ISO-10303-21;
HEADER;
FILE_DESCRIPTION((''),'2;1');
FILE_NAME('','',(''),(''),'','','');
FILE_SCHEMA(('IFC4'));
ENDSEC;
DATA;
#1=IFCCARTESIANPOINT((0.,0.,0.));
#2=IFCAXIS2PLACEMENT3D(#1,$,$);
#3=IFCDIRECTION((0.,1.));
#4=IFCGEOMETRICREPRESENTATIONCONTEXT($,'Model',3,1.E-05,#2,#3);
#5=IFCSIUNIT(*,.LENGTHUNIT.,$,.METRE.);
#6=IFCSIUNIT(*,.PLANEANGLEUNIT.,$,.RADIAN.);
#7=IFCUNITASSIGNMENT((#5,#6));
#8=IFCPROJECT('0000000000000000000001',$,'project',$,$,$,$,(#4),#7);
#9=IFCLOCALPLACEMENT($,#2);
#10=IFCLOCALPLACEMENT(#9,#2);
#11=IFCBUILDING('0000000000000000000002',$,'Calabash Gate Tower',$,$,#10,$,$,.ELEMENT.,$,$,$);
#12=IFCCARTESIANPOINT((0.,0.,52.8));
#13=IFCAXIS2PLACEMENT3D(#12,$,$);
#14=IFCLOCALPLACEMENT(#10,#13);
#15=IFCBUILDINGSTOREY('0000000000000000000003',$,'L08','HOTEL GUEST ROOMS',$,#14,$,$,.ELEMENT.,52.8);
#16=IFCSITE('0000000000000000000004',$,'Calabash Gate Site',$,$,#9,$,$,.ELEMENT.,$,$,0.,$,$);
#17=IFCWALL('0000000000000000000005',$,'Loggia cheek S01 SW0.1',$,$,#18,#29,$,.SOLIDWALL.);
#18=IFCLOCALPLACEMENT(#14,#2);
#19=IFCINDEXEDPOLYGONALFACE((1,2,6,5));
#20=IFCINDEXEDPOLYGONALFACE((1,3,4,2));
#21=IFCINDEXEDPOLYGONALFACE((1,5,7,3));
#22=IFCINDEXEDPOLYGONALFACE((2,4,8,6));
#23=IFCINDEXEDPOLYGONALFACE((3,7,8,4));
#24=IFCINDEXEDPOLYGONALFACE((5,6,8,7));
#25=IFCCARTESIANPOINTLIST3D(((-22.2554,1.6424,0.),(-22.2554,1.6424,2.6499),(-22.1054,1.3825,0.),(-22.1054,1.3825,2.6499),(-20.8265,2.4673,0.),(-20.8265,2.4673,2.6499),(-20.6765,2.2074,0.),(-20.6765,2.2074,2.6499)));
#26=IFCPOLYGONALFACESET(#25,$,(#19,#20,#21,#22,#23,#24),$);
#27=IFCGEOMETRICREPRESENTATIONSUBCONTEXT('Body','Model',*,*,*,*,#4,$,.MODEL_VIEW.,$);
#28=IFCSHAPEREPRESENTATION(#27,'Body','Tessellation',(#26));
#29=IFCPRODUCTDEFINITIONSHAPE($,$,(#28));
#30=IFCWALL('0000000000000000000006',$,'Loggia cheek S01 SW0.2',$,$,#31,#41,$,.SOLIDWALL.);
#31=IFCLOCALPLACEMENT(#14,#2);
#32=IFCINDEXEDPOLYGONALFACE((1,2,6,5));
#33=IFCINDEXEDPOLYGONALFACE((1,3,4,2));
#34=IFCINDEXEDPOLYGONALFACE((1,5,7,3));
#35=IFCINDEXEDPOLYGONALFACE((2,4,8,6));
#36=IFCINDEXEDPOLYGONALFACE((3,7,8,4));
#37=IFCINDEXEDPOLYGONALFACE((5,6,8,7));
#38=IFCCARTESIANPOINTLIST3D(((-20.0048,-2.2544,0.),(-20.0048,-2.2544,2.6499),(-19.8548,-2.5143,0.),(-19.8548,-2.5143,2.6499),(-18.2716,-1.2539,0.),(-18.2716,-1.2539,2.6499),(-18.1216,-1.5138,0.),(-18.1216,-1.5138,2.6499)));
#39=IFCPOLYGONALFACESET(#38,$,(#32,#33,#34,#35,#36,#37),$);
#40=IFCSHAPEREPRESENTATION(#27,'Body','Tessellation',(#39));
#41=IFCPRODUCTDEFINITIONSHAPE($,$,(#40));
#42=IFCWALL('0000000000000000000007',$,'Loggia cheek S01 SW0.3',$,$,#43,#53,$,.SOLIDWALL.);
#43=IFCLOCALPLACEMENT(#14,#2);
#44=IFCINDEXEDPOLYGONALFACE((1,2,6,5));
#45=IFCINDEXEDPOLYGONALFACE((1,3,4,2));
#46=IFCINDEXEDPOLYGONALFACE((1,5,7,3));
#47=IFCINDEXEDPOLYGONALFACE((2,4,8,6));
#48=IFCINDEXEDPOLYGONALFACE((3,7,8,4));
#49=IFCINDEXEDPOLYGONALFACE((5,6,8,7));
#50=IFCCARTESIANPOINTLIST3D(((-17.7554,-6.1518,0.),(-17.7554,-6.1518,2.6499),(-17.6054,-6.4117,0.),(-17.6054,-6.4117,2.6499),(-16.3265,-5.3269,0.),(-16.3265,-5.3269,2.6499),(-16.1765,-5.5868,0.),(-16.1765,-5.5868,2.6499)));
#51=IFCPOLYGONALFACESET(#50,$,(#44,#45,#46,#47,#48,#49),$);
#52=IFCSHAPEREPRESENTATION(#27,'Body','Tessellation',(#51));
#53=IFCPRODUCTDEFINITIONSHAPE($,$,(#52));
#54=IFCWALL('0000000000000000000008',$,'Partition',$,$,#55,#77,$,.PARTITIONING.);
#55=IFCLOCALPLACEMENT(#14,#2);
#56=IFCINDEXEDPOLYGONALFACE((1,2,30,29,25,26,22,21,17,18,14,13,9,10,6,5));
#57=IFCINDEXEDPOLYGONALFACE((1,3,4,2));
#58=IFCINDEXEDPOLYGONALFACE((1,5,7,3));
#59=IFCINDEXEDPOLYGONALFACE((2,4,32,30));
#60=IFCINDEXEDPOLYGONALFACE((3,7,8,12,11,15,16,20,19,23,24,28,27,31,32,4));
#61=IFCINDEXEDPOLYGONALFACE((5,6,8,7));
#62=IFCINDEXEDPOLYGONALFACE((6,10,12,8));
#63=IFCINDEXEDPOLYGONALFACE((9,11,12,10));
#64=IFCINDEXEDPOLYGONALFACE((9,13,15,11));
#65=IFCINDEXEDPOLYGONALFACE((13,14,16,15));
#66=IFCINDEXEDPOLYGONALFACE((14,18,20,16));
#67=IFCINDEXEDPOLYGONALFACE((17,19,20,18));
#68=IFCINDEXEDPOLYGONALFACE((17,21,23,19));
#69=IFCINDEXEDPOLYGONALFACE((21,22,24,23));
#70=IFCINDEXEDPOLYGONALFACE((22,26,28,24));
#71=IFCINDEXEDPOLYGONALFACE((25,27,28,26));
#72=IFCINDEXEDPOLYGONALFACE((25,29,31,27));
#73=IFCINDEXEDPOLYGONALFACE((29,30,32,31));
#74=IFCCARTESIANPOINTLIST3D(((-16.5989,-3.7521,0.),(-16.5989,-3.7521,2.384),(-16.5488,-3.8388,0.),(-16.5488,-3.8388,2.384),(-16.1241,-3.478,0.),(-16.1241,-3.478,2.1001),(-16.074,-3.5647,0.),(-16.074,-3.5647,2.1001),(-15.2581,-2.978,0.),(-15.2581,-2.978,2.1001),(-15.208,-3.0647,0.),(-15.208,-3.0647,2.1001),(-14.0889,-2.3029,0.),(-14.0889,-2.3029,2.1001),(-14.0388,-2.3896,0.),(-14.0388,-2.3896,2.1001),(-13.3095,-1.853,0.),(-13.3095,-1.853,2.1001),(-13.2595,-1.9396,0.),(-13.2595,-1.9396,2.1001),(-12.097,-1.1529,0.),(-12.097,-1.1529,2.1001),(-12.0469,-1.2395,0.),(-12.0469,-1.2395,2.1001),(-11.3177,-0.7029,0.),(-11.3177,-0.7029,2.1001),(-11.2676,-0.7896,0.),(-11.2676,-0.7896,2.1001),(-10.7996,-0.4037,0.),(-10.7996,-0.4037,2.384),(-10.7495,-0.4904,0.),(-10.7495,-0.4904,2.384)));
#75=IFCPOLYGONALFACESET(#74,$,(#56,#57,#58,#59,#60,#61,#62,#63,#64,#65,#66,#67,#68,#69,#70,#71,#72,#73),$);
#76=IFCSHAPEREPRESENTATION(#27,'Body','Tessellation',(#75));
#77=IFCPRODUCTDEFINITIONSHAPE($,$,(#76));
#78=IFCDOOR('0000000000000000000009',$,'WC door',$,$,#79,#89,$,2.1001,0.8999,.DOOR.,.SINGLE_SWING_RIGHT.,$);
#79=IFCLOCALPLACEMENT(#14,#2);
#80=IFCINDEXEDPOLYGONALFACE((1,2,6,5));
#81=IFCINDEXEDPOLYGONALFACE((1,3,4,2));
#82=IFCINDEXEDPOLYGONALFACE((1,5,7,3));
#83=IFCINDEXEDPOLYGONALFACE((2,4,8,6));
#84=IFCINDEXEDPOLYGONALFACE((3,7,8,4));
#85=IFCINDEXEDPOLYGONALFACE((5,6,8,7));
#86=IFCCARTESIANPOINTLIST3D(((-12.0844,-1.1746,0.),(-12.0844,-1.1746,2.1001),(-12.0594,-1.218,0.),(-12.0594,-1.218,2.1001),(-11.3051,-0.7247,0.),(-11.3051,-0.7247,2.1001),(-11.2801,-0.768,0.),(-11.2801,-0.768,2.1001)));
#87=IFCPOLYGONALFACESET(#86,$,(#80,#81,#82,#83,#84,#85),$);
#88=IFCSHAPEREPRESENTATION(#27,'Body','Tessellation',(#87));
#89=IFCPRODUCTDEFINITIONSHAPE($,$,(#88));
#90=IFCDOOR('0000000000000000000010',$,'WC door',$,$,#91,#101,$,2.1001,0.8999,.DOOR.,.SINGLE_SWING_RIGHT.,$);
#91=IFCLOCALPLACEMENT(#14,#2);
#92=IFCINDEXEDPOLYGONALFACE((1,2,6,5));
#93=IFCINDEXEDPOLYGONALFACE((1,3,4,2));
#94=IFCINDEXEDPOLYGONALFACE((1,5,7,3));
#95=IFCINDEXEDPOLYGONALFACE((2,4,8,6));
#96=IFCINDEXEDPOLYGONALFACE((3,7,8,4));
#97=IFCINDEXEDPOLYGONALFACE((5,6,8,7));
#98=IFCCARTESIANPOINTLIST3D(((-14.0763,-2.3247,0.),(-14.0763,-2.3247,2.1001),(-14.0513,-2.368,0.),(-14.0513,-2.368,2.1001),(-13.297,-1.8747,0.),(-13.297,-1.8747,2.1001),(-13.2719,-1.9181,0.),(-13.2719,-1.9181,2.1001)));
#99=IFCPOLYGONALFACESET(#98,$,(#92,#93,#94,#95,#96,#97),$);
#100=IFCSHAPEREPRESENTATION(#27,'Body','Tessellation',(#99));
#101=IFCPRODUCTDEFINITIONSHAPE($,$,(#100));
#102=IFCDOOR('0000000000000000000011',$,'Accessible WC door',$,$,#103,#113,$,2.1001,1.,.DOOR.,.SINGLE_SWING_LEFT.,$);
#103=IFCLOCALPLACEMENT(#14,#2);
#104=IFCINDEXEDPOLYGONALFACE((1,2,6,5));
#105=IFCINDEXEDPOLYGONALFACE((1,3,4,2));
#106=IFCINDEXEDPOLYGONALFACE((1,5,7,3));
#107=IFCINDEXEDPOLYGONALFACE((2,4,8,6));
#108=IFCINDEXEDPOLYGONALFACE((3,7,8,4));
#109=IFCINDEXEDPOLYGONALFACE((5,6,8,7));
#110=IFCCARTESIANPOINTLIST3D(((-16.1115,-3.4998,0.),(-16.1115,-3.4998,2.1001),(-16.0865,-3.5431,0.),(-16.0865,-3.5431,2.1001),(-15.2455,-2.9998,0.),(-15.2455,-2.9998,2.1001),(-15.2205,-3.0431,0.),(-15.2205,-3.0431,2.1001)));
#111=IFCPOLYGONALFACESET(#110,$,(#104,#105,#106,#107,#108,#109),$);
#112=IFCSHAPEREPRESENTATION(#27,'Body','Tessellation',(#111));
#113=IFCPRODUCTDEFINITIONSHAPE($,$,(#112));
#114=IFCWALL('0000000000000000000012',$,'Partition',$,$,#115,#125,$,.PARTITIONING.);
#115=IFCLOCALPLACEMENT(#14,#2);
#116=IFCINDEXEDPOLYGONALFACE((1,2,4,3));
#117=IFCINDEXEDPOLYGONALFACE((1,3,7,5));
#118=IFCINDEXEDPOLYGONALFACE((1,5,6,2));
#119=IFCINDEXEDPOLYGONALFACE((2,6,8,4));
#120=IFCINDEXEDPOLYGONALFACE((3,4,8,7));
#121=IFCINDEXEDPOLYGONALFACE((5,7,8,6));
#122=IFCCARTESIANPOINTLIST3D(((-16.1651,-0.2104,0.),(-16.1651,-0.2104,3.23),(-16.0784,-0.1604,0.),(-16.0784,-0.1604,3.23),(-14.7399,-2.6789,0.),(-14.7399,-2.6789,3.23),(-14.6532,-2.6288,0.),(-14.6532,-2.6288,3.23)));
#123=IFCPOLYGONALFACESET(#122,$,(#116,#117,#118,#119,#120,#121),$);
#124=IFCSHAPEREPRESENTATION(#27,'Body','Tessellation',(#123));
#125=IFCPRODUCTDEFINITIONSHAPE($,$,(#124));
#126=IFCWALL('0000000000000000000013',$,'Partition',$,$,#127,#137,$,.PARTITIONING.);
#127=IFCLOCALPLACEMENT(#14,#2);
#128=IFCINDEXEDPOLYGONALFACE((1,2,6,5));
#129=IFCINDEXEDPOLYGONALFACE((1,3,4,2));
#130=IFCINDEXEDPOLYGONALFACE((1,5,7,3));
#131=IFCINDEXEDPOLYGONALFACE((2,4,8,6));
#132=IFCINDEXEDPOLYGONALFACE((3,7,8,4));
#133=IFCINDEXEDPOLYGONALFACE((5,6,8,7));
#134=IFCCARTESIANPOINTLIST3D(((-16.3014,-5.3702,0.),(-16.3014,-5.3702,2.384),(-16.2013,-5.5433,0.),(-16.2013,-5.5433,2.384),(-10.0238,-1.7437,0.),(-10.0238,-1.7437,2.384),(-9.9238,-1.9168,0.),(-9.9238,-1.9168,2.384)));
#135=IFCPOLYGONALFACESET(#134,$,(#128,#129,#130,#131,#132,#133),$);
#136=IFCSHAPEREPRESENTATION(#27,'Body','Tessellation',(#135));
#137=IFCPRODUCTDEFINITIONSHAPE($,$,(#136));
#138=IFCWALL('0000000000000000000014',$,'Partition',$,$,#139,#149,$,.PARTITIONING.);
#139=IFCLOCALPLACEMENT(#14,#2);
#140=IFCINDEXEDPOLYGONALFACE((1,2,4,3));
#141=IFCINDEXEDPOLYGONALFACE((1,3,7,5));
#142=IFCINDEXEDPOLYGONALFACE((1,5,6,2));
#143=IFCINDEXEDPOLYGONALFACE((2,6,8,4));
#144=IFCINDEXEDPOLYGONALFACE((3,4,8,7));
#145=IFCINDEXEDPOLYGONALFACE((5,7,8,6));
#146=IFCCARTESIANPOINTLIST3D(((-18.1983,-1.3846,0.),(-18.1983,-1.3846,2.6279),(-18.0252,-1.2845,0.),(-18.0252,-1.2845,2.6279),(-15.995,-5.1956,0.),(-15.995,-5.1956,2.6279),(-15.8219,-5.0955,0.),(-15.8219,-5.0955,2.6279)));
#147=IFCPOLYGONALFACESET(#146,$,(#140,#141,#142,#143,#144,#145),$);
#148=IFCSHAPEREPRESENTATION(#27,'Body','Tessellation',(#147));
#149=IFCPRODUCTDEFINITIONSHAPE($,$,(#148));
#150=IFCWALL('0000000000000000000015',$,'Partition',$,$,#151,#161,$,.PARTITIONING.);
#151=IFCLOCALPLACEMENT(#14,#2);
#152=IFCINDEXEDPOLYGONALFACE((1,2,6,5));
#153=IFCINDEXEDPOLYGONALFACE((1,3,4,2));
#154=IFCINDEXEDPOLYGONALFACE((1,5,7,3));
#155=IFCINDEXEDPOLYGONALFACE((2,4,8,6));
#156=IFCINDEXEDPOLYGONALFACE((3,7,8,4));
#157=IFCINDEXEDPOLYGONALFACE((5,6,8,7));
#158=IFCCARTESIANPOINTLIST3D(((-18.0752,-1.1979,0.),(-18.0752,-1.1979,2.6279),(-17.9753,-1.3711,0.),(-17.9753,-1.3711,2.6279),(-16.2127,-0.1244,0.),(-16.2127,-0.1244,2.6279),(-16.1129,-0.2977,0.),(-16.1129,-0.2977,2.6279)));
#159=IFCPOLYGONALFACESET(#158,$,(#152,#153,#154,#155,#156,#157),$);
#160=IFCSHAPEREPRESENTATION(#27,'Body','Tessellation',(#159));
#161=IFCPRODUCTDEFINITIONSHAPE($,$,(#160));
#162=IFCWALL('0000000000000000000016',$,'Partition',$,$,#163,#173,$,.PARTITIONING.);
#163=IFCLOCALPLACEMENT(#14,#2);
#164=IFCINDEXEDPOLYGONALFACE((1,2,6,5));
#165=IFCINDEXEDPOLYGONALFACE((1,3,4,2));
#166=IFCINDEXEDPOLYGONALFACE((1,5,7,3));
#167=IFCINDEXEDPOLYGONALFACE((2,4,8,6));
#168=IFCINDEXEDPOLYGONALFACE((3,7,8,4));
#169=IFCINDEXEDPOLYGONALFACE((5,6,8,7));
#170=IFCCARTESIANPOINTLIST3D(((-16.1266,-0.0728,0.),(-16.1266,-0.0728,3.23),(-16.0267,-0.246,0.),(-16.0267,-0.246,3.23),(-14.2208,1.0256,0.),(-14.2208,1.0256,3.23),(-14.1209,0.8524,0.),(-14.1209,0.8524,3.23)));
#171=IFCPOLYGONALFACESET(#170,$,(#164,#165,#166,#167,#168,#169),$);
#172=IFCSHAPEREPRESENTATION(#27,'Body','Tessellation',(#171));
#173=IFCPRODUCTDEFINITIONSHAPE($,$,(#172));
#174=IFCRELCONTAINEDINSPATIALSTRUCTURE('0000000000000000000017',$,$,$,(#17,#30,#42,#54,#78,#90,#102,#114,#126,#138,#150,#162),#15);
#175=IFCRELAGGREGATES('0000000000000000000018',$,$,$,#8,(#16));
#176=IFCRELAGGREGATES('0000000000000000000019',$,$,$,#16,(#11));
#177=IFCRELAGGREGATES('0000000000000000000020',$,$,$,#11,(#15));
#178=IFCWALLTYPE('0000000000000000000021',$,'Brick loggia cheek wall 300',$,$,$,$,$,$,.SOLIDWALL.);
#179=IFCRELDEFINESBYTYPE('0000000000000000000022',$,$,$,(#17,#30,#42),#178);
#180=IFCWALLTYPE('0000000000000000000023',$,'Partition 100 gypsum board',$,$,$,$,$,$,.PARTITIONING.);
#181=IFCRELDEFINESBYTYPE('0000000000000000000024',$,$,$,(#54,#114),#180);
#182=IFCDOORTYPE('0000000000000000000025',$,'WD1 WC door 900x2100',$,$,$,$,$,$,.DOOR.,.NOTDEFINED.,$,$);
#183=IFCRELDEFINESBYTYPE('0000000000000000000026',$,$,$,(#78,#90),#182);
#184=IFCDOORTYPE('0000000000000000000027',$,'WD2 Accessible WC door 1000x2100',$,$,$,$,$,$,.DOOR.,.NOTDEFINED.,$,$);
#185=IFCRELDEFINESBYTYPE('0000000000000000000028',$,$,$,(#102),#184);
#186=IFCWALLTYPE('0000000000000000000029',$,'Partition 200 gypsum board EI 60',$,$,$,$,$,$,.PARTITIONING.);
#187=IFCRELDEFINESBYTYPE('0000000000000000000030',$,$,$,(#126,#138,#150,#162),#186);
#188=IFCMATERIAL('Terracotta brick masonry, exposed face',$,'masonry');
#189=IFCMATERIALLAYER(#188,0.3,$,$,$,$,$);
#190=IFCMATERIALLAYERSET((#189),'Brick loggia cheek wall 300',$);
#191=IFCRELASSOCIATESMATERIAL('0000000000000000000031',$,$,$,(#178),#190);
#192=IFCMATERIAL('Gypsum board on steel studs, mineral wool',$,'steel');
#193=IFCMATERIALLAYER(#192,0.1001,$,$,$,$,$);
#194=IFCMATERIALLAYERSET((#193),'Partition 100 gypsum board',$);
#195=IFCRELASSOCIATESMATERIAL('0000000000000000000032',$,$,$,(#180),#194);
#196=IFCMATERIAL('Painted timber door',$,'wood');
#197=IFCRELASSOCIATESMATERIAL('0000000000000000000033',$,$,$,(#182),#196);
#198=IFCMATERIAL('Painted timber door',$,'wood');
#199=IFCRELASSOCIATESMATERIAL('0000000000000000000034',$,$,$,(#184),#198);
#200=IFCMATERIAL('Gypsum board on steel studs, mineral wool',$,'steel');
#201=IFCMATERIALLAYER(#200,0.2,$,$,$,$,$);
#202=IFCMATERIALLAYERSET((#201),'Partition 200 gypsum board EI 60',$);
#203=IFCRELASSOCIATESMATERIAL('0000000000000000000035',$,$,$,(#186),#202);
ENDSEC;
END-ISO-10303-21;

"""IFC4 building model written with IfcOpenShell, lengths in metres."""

from ifc_helpers import new_model, si_unit, direction, frame, frame_2d, origin, place, context, subcontext, project, spatial, rectangle, extrude, material, layer, layer_set, type_object, element, fill, save


model = new_model("IFC4")

# Units and contexts
model_context = context("Model", 3, precision=1e-05, world=origin(), true_north=direction((0.0, 1.0)))
body_context = subcontext(model_context, "Body", "Model", "MODEL_VIEW")
ifc_project = project(units=[si_unit("LENGTHUNIT", "METRE"), si_unit("PLANEANGLEUNIT", "RADIAN")], contexts=[model_context])

# Site, building, storey
site_placement = place(None, origin())
site = spatial("IfcSite", under=ifc_project, at=site_placement, Name="Calabash Gate Site", CompositionType="ELEMENT", RefElevation=0.0)
building_placement = place(site_placement, origin())
building = spatial("IfcBuilding", under=site, at=building_placement, Name="Calabash Gate Tower", CompositionType="ELEMENT")
storey_placement = place(building_placement, frame((0.0, 0.0, 52.8)))
storey = spatial("IfcBuildingStorey", under=building, at=storey_placement, Name="L08", Description="HOTEL GUEST ROOMS", CompositionType="ELEMENT", Elevation=52.8)

# Walls
ifc_material_1 = material(Name="Terracotta brick masonry, exposed face", Category="masonry")
ifc_layer_1 = layer(ifc_material_1, 0.3)
ifc_layer_set_1 = layer_set([ifc_layer_1], Name="Brick loggia cheek wall 300")
wall_type_1 = type_object("IfcWallType", Name="Brick loggia cheek wall 300", PredefinedType="SOLIDWALL", material=ifc_layer_set_1)
wall_1_placement = place(storey_placement, frame((-22.1804, 1.5125, 0.0), z_axis=(0.0, 0.0, 1.0), x_axis=(0.86604, 0.499974, 0.0)))
element("IfcWall", 1, at=wall_1_placement, inside=storey, type_object=wall_type_1, Name="Loggia cheek S01 SW0.1", PredefinedType="SOLIDWALL", context=body_context, shape_type="SweptSolid", body=[
    extrude(rectangle(XDim=1.6499, YDim=0.3, at=frame_2d((0.825, 0.0))), origin(), (0.0, 0.0, 1.0), 2.6499),
])
wall_2_placement = place(storey_placement, frame((-19.9297, -2.3843, 0.0), z_axis=(0.0, 0.0, 1.0), x_axis=(0.866058, 0.499944, 0.0)))
element("IfcWall", 2, at=wall_2_placement, inside=storey, type_object=wall_type_1, Name="Loggia cheek S01 SW0.2", PredefinedType="SOLIDWALL", context=body_context, shape_type="SweptSolid", body=[
    extrude(rectangle(XDim=2.0012, YDim=0.3, at=frame_2d((1.0005, 0.0))), origin(), (0.0, 0.0, 1.0), 2.6499),
])
wall_3_placement = place(storey_placement, frame((-17.6804, -6.2817, 0.0), z_axis=(0.0, 0.0, 1.0), x_axis=(0.86604, 0.499974, 0.0)))
element("IfcWall", 3, at=wall_3_placement, inside=storey, type_object=wall_type_1, Name="Loggia cheek S01 SW0.3", PredefinedType="SOLIDWALL", context=body_context, shape_type="SweptSolid", body=[
    extrude(rectangle(XDim=1.6499, YDim=0.3, at=frame_2d((0.825, 0.0))), origin(), (0.0, 0.0, 1.0), 2.6499),
])

# Wall, openings, doors
ifc_material_2 = material(Name="Gypsum board on steel studs, mineral wool", Category="steel")
ifc_layer_2 = layer(ifc_material_2, 0.1001)
ifc_layer_set_2 = layer_set([ifc_layer_2], Name="Partition 100 gypsum board")
wall_type_2 = type_object("IfcWallType", Name="Partition 100 gypsum board", PredefinedType="PARTITIONING", material=ifc_layer_set_2)
wall_4_placement = place(storey_placement, frame((-16.5737, -3.7954, 0.0), z_axis=(0.0, 0.0, 1.0), x_axis=(0.866016, 0.500017, 0.0)))
wall_4 = element("IfcWall", 4, at=wall_4_placement, inside=storey, type_object=wall_type_2, Name="Partition", PredefinedType="PARTITIONING", context=body_context, shape_type="SweptSolid", body=[
    extrude(rectangle(XDim=6.6965, YDim=0.1001, at=frame_2d((3.3481, 0.0))), origin(), (0.0, 0.0, 1.0), 2.384),
])
opening_1_placement = place(wall_4_placement, frame((5.1982, 0.0, 0.0)))
opening_1 = element("IfcOpeningElement", 5, at=opening_1_placement, cuts=wall_4, PredefinedType="OPENING", context=body_context, shape_type="SweptSolid", body=[
    extrude(rectangle(XDim=0.8999, YDim=2.1001, at=frame_2d((0.45, 1.05))), frame((0.0, 0.0601, 0.0), z_axis=(0.0, -1.0, 0.0), x_axis=(1.0, 0.0, 0.0)), (0.0, 0.0, 1.0), 0.1201),
])
opening_2_placement = place(wall_4_placement, frame((2.8982, 0.0, 0.0)))
opening_2 = element("IfcOpeningElement", 6, at=opening_2_placement, cuts=wall_4, PredefinedType="OPENING", context=body_context, shape_type="SweptSolid", body=[
    extrude(rectangle(XDim=0.8999, YDim=2.1001, at=frame_2d((0.45, 1.05))), frame((0.0, 0.0601, 0.0), z_axis=(0.0, -1.0, 0.0), x_axis=(1.0, 0.0, 0.0)), (0.0, 0.0, 1.0), 0.1201),
])
opening_3_placement = place(wall_4_placement, frame((0.5481, 0.0, 0.0)))
opening_3 = element("IfcOpeningElement", 7, at=opening_3_placement, cuts=wall_4, PredefinedType="OPENING", context=body_context, shape_type="SweptSolid", body=[
    extrude(rectangle(XDim=1.0, YDim=2.1001, at=frame_2d((0.5, 1.05))), frame((0.0, 0.0601, 0.0), z_axis=(0.0, -1.0, 0.0), x_axis=(1.0, 0.0, 0.0)), (0.0, 0.0, 1.0), 0.1201),
])
ifc_material_3 = material(Name="Painted timber door", Category="wood")
door_type_1 = type_object("IfcDoorType", Name="WD1 WC door 900x2100", OperationType="NOTDEFINED", PredefinedType="DOOR", material=ifc_material_3)
door_1_placement = place(opening_1_placement, origin())
door_1 = element("IfcDoor", 8, at=door_1_placement, inside=storey, type_object=door_type_1, Name="WC door", OperationType="SINGLE_SWING_RIGHT", OverallHeight=2.1001, OverallWidth=0.8999, PredefinedType="DOOR", context=body_context, shape_type="SweptSolid", body=[
    extrude(rectangle(XDim=0.8999, YDim=2.1001, at=frame_2d((0.45, 1.05))), frame((0.0, 0.0249, 0.0), z_axis=(0.0, -1.0, 0.0), x_axis=(1.0, 0.0, 0.0)), (0.0, 0.0, 1.0), 0.05),
])
fill(opening_1, door_1)
door_2_placement = place(opening_2_placement, origin())
door_2 = element("IfcDoor", 9, at=door_2_placement, inside=storey, type_object=door_type_1, Name="WC door", OperationType="SINGLE_SWING_RIGHT", OverallHeight=2.1001, OverallWidth=0.8999, PredefinedType="DOOR", context=body_context, shape_type="SweptSolid", body=[
    extrude(rectangle(XDim=0.8999, YDim=2.1001, at=frame_2d((0.45, 1.05))), frame((0.0, 0.0249, 0.0), z_axis=(0.0, -1.0, 0.0), x_axis=(1.0, 0.0, 0.0)), (0.0, 0.0, 1.0), 0.05),
])
fill(opening_2, door_2)
ifc_material_4 = material(Name="Painted timber door", Category="wood")
door_type_2 = type_object("IfcDoorType", Name="WD2 Accessible WC door 1000x2100", OperationType="NOTDEFINED", PredefinedType="DOOR", material=ifc_material_4)
door_3_placement = place(opening_3_placement, origin())
door_3 = element("IfcDoor", 10, at=door_3_placement, inside=storey, type_object=door_type_2, Name="Accessible WC door", OperationType="SINGLE_SWING_LEFT", OverallHeight=2.1001, OverallWidth=1.0, PredefinedType="DOOR", context=body_context, shape_type="SweptSolid", body=[
    extrude(rectangle(XDim=1.0, YDim=2.1001, at=frame_2d((0.5, 1.05))), frame((0.0, 0.0249, 0.0), z_axis=(0.0, -1.0, 0.0), x_axis=(1.0, 0.0, 0.0)), (0.0, 0.0, 1.0), 0.05),
])
fill(opening_3, door_3)

# Walls
wall_5_placement = place(storey_placement, frame((-16.1218, -0.1853, 0.0), z_axis=(0.0, 0.0, 1.0), x_axis=(0.500026, -0.86601, 0.0)))
element("IfcWall", 11, at=wall_5_placement, inside=storey, type_object=wall_type_2, Name="Partition", PredefinedType="PARTITIONING", context=body_context, shape_type="SweptSolid", body=[
    extrude(rectangle(XDim=2.8503, YDim=0.1001, at=frame_2d((1.4253, 0.0))), origin(), (0.0, 0.0, 1.0), 3.23),
])
ifc_material_5 = material(Name="Gypsum board on steel studs, mineral wool", Category="steel")
ifc_layer_3 = layer(ifc_material_5, 0.2)
ifc_layer_set_3 = layer_set([ifc_layer_3], Name="Partition 200 gypsum board EI 60")
wall_type_3 = type_object("IfcWallType", Name="Partition 200 gypsum board EI 60", PredefinedType="PARTITIONING", material=ifc_layer_set_3)
wall_6_placement = place(storey_placement, frame((-16.2515, -5.4568, 0.0), z_axis=(0.0, 0.0, 1.0), x_axis=(0.8659, 0.500217, 0.0)))
element("IfcWall", 12, at=wall_6_placement, inside=storey, type_object=wall_type_3, Name="Partition", PredefinedType="PARTITIONING", context=body_context, shape_type="SweptSolid", body=[
    extrude(rectangle(XDim=7.2498, YDim=0.2, at=frame_2d((3.625, 0.0))), origin(), (0.0, 0.0, 1.0), 2.384),
])
wall_7_placement = place(storey_placement, frame((-18.1118, -1.3345, 0.0), z_axis=(0.0, 0.0, 1.0), x_axis=(0.500522, -0.865724, 0.0)))
element("IfcWall", 13, at=wall_7_placement, inside=storey, type_object=wall_type_3, Name="Partition", PredefinedType="PARTITIONING", context=body_context, shape_type="SweptSolid", body=[
    extrude(rectangle(XDim=4.4021, YDim=0.2, at=frame_2d((2.2012, 0.0))), origin(), (0.0, 0.0, 1.0), 2.6279),
])
wall_8_placement = place(storey_placement, frame((-18.0251, -1.2844, 0.0), z_axis=(0.0, 0.0, 1.0), x_axis=(0.866399, 0.499352, 0.0)))
element("IfcWall", 14, at=wall_8_placement, inside=storey, type_object=wall_type_3, Name="Partition", PredefinedType="PARTITIONING", context=body_context, shape_type="SweptSolid", body=[
    extrude(rectangle(XDim=2.1497, YDim=0.2, at=frame_2d((1.0747, 0.0))), origin(), (0.0, 0.0, 1.0), 2.6279),
])
wall_9_placement = place(storey_placement, frame((-16.0767, -0.1594, 0.0), z_axis=(0.0, 0.0, 1.0), x_axis=(0.8664, 0.499351, 0.0)))
element("IfcWall", 15, at=wall_9_placement, inside=storey, type_object=wall_type_3, Name="Partition", PredefinedType="PARTITIONING", context=body_context, shape_type="SweptSolid", body=[
    extrude(rectangle(XDim=2.1997, YDim=0.2, at=frame_2d((1.0999, 0.0))), origin(), (0.0, 0.0, 1.0), 3.23),
])

save(model, "model.ifc")
